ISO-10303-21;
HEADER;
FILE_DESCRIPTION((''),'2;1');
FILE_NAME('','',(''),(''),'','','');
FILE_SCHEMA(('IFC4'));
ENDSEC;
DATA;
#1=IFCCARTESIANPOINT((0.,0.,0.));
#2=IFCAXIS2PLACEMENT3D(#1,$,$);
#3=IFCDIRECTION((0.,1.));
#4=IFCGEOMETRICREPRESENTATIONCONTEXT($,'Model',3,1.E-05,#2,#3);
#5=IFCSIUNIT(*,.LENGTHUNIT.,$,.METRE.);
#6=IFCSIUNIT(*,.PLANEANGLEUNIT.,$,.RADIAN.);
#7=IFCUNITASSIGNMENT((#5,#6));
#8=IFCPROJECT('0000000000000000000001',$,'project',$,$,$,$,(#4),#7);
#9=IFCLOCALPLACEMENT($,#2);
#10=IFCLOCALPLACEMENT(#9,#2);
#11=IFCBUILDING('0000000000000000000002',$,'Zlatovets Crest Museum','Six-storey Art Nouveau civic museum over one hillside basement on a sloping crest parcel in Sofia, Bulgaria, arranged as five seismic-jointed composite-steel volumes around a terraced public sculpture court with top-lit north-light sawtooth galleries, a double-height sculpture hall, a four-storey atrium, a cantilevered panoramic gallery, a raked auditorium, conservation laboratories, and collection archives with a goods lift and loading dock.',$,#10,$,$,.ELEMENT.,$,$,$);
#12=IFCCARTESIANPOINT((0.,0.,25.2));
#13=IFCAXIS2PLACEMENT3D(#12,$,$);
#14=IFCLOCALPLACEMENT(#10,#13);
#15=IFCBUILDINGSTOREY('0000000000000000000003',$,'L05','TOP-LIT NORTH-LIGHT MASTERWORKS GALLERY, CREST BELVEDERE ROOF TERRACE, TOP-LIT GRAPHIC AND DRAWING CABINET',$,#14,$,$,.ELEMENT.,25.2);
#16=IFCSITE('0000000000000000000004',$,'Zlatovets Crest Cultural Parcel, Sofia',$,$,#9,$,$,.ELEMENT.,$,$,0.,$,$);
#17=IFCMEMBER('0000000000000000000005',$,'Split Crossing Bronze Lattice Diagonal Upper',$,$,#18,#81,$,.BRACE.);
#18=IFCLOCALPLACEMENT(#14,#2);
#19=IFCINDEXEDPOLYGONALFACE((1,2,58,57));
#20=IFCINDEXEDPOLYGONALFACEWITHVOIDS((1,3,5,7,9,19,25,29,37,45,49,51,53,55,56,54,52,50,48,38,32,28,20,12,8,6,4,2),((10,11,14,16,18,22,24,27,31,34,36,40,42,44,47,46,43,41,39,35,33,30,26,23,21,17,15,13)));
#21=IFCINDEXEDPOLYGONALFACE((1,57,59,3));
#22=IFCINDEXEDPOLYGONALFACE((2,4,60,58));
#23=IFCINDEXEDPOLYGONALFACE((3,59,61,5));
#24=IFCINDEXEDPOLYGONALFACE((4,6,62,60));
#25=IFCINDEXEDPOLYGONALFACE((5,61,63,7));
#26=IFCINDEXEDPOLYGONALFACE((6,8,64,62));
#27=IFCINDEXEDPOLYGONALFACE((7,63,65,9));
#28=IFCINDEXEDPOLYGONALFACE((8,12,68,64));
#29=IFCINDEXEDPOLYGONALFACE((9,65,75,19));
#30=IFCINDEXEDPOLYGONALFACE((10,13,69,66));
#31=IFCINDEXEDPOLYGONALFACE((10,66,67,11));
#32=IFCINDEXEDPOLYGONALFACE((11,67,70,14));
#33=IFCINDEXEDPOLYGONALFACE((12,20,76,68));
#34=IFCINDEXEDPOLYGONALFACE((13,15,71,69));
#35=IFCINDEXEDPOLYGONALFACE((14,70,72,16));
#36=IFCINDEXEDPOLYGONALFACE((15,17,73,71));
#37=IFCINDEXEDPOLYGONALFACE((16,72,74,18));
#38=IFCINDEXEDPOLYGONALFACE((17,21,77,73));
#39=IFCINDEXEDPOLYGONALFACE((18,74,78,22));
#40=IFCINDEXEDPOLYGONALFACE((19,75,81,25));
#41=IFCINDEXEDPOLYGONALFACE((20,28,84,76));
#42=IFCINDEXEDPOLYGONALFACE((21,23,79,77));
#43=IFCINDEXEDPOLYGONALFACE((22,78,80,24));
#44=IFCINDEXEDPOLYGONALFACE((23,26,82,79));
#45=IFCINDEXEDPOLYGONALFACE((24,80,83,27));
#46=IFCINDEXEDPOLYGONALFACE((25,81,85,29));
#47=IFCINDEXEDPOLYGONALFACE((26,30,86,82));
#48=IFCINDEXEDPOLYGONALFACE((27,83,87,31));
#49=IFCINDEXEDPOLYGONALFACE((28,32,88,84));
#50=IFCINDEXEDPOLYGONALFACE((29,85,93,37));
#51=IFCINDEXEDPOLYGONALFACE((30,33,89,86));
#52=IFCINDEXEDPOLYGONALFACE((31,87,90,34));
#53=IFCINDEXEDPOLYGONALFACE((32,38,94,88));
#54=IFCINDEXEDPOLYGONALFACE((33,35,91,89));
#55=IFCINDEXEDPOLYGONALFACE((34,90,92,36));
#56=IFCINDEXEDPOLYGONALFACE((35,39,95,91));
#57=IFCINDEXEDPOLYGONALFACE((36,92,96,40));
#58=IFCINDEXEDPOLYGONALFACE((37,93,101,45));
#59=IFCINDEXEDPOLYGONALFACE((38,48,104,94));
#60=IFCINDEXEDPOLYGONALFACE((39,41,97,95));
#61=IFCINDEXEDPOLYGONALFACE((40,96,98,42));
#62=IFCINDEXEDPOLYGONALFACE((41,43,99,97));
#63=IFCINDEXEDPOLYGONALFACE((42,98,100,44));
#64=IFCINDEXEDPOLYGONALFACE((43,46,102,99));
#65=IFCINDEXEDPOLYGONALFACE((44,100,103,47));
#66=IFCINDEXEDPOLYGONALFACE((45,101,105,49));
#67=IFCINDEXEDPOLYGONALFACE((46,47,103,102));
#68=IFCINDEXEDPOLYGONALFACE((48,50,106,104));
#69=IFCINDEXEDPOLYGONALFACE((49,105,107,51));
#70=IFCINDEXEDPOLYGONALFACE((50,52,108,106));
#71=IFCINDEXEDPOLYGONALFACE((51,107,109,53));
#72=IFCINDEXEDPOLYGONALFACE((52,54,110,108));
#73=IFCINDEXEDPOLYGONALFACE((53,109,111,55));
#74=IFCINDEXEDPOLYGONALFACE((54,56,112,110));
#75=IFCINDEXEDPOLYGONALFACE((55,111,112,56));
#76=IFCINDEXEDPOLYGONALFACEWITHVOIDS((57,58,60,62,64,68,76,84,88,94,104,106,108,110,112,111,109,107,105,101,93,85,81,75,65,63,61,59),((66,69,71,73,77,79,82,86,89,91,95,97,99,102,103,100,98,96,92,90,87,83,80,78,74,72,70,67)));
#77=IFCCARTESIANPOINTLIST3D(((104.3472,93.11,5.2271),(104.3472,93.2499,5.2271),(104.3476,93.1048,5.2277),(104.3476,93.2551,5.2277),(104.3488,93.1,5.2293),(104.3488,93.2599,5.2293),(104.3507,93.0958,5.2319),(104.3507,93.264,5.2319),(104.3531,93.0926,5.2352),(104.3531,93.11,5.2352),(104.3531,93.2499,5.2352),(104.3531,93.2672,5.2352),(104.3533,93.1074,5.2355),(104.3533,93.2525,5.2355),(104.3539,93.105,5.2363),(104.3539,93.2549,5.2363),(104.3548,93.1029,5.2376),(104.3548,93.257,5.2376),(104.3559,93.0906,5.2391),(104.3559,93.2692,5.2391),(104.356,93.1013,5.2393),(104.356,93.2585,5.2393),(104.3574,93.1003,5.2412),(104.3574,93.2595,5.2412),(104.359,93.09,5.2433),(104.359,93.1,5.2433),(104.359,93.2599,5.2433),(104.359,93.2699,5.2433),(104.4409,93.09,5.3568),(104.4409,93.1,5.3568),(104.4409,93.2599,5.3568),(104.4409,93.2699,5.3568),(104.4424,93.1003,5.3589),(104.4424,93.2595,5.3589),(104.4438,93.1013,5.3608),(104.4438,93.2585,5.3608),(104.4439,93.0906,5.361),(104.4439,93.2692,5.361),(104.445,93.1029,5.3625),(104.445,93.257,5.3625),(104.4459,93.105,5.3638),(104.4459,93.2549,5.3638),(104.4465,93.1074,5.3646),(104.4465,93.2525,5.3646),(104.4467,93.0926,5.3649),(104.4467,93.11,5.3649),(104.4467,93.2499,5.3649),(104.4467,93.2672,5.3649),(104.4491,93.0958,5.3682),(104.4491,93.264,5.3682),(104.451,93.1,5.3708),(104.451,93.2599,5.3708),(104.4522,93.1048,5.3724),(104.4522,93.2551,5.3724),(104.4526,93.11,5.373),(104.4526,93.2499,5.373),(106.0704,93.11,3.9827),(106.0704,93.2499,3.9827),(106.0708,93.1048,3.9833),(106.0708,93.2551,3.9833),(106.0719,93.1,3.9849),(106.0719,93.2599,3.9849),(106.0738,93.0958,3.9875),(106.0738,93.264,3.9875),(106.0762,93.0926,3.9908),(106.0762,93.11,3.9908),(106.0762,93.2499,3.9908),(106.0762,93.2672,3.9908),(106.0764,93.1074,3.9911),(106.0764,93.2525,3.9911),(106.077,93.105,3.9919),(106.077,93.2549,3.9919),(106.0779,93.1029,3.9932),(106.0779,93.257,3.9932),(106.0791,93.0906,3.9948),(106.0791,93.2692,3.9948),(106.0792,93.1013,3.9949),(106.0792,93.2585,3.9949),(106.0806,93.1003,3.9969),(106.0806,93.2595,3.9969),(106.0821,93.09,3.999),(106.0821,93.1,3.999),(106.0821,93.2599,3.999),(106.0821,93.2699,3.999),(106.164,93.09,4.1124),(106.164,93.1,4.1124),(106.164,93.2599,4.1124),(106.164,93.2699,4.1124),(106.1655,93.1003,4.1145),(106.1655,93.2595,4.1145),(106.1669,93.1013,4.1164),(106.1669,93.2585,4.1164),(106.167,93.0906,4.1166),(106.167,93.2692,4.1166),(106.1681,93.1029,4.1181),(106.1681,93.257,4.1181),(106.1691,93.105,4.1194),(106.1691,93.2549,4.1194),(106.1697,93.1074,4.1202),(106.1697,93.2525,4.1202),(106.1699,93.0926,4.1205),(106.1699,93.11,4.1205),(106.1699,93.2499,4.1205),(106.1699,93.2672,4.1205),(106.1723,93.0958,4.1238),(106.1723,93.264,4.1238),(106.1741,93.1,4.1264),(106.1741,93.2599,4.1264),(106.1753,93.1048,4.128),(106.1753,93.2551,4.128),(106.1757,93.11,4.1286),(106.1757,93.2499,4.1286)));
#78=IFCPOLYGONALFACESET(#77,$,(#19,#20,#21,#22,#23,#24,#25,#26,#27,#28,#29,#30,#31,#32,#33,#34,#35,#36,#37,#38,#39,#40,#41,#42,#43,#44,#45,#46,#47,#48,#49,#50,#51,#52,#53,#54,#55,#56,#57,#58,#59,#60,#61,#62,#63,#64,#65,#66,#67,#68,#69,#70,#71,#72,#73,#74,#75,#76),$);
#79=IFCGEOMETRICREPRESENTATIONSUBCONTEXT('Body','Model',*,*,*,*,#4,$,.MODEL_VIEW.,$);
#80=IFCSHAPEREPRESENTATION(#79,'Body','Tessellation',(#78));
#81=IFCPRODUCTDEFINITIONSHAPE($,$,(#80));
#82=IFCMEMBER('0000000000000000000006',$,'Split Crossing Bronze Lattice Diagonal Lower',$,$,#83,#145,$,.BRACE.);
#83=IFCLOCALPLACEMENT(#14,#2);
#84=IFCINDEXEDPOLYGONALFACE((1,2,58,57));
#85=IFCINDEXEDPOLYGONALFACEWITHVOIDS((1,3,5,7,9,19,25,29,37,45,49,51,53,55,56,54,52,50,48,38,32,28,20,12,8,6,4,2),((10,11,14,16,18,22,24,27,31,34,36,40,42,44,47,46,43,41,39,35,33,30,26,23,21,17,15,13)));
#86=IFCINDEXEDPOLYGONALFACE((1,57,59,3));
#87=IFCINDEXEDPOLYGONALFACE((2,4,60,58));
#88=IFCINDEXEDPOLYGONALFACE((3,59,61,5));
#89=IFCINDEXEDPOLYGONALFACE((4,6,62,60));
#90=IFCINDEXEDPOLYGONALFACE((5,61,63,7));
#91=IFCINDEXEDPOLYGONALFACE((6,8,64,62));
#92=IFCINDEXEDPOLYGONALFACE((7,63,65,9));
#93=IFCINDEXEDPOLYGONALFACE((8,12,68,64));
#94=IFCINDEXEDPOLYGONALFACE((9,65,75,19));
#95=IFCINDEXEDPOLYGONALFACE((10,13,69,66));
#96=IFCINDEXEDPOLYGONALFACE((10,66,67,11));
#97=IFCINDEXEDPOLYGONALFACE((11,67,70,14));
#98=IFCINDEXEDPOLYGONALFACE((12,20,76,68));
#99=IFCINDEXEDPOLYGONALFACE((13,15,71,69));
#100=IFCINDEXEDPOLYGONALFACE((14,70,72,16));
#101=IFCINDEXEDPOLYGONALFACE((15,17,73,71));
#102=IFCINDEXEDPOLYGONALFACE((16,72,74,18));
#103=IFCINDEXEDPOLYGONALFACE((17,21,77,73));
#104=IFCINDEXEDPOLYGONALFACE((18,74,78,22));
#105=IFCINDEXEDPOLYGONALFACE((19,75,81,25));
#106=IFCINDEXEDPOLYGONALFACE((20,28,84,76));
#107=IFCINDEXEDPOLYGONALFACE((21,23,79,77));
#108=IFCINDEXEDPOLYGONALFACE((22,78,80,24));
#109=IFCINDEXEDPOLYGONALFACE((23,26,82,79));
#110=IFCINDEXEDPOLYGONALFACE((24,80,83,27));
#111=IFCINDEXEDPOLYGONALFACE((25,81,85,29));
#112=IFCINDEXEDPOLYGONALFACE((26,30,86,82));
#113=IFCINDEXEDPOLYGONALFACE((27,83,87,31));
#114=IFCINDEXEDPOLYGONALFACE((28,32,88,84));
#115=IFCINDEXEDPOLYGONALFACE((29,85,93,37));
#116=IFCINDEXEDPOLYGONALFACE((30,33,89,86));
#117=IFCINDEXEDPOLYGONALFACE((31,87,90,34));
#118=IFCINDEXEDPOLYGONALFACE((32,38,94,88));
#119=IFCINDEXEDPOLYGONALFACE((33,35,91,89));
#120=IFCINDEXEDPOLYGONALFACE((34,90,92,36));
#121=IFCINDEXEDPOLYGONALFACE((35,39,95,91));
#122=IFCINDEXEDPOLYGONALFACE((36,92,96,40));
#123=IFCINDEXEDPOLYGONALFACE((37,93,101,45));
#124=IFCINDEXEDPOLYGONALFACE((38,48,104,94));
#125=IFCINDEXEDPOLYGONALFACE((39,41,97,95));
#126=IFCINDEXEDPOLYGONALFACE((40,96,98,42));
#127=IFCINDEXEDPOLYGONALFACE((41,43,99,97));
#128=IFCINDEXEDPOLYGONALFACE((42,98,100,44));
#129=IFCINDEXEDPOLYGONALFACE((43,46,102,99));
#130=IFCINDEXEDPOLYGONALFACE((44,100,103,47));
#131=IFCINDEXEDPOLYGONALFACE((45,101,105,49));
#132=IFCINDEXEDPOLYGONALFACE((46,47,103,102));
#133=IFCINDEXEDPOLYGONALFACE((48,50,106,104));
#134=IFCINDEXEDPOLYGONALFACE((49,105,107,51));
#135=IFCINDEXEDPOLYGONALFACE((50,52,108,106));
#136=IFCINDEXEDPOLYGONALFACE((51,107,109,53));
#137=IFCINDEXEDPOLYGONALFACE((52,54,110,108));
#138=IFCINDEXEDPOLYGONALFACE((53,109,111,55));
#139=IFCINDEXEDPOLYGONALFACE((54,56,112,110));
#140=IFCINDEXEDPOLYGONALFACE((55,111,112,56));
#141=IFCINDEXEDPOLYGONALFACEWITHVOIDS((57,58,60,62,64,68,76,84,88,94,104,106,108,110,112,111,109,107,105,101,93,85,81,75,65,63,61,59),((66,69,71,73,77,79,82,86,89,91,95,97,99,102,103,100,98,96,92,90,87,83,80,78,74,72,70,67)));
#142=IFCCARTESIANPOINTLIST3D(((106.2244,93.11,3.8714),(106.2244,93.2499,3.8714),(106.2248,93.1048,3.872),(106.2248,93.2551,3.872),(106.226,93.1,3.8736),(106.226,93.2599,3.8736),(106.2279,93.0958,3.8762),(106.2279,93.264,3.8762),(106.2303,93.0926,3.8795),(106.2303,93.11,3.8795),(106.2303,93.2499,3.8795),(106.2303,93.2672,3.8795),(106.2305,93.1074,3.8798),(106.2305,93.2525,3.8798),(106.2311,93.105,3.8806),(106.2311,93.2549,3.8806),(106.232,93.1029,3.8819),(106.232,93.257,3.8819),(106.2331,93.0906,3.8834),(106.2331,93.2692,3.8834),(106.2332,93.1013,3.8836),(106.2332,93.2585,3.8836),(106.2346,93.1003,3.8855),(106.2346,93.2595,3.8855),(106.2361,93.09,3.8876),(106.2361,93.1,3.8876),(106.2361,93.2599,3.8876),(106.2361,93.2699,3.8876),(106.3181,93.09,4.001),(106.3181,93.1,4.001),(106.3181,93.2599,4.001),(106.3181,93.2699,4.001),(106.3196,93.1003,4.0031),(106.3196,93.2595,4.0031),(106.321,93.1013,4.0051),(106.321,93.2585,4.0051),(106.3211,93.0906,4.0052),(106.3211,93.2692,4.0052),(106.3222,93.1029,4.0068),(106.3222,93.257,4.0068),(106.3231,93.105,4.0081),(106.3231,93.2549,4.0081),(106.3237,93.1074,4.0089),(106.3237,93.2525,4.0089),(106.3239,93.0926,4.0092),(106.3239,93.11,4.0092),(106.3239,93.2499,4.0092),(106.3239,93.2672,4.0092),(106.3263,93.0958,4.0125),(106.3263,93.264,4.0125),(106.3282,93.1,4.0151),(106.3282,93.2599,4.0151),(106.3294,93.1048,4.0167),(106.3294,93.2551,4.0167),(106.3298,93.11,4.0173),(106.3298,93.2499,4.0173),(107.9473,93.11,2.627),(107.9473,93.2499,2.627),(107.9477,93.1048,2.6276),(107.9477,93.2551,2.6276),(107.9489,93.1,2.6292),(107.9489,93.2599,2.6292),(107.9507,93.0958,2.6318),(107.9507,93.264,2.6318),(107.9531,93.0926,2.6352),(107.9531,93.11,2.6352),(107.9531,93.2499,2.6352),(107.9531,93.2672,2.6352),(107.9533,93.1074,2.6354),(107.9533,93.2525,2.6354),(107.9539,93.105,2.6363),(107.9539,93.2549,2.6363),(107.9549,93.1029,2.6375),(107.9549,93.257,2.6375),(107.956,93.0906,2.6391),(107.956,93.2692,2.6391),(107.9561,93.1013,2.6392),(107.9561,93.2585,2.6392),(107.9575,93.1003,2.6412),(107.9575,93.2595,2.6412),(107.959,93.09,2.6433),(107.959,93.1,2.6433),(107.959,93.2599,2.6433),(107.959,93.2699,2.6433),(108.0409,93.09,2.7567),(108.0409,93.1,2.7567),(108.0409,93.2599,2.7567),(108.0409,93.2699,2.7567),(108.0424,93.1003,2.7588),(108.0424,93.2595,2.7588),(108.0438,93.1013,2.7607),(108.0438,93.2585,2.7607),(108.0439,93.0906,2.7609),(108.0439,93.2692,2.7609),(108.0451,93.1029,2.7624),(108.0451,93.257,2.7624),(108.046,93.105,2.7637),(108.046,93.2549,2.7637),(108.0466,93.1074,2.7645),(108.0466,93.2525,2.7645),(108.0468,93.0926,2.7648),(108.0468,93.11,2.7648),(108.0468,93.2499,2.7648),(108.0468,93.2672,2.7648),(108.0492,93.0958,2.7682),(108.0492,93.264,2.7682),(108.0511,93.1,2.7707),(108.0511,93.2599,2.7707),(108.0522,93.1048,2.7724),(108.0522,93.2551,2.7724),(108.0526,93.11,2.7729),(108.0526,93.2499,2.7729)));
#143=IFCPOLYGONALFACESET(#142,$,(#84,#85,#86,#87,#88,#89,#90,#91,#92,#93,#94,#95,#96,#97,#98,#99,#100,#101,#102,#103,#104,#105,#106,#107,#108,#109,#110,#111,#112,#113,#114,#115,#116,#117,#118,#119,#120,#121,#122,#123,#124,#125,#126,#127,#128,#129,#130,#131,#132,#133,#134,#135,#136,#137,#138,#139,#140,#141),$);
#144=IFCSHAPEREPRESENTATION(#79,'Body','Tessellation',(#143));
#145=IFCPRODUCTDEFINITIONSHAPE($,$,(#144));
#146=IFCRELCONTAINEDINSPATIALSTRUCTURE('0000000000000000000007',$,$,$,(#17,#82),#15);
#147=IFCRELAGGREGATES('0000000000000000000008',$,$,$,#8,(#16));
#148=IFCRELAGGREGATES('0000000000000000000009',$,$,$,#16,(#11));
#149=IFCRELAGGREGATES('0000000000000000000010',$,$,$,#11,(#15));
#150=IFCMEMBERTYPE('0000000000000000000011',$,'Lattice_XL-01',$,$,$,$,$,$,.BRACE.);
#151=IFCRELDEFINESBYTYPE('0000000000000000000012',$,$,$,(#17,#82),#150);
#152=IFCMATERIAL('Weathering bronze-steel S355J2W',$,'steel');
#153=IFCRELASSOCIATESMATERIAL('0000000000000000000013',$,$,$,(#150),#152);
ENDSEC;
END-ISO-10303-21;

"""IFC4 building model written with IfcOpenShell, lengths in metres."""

from ifc_helpers import new_model, si_unit, direction, frame, origin, origin_2d, place, context, subcontext, project, spatial, hollow_rectangle, extrude, material, material_profile, profile_set, type_object, element, save


model = new_model("IFC4")

# Units and contexts
model_context = context("Model", 3, precision=1e-05, world=origin(), true_north=direction((0.0, 1.0)))
body_context = subcontext(model_context, "Body", "Model", "MODEL_VIEW")
ifc_project = project(units=[si_unit("LENGTHUNIT", "METRE"), si_unit("PLANEANGLEUNIT", "RADIAN")], contexts=[model_context])

# Site, building, storey
site_placement = place(None, origin())
site = spatial("IfcSite", under=ifc_project, at=site_placement, Name="Zlatovets Crest Cultural Parcel, Sofia", CompositionType="ELEMENT", RefElevation=0.0)
building_placement = place(site_placement, origin())
building = spatial("IfcBuilding", under=site, at=building_placement, Name="Zlatovets Crest Museum", Description="Six-storey Art Nouveau civic museum over one hillside basement on a sloping crest parcel in Sofia, Bulgaria, arranged as five seismic-jointed composite-steel volumes around a terraced public sculpture court with top-lit north-light sawtooth galleries, a double-height sculpture hall, a four-storey atrium, a cantilevered panoramic gallery, a raked auditorium, conservation laboratories, and collection archives with a goods lift and loading dock.", CompositionType="ELEMENT")
storey_placement = place(building_placement, frame((0.0, 0.0, 25.2)))
storey = spatial("IfcBuildingStorey", under=building, at=storey_placement, Name="L05", Description="TOP-LIT NORTH-LIGHT MASTERWORKS GALLERY, CREST BELVEDERE ROOF TERRACE, TOP-LIT GRAPHIC AND DRAWING CABINET", CompositionType="ELEMENT", Elevation=25.2)

# Members
ifc_material_1 = material(Name="Weathering bronze-steel S355J2W", Category="steel")
ifc_material_profile_1 = material_profile(ifc_material_1, hollow_rectangle(XDim=0.1799, YDim=0.1799, WallThickness=0.01, InnerFilletRadius=0.01, OuterFilletRadius=0.02, at=origin_2d()), Name="SHS 180x180x10.0")
ifc_profile_set_1 = profile_set([ifc_material_profile_1], Name="Weathering bronze-steel S355J2W")
member_type_1 = type_object("IfcMemberType", Name="Lattice_XL-01", PredefinedType="BRACE", material=ifc_profile_set_1)
member_1_placement = place(storey_placement, frame((104.3999, 93.1799, 5.3), z_axis=(0.810703, 0.0, -0.585457), x_axis=(0.0, 1.0, 0.0)))
element("IfcMember", 1, at=member_1_placement, inside=storey, type_object=member_type_1, Name="Split Crossing Bronze Lattice Diagonal Upper", PredefinedType="BRACE", context=body_context, shape_type="SweptSolid", body=[
    extrude(hollow_rectangle(XDim=0.1799, YDim=0.1799, WallThickness=0.01, InnerFilletRadius=0.01, OuterFilletRadius=0.02, at=origin_2d()), origin(), (0.0, 0.0, 1.0), 2.1255),
])
member_2_placement = place(storey_placement, frame((106.2771, 93.1799, 3.9443), z_axis=(0.810664, 0.0, -0.585512), x_axis=(0.0, 1.0, 0.0)))
element("IfcMember", 2, at=member_2_placement, inside=storey, type_object=member_type_1, Name="Split Crossing Bronze Lattice Diagonal Lower", PredefinedType="BRACE", context=body_context, shape_type="SweptSolid", body=[
    extrude(hollow_rectangle(XDim=0.1799, YDim=0.1799, WallThickness=0.01, InnerFilletRadius=0.01, OuterFilletRadius=0.02, at=origin_2d()), origin(), (0.0, 0.0, 1.0), 2.1252),
])

save(model, "model.ifc")
